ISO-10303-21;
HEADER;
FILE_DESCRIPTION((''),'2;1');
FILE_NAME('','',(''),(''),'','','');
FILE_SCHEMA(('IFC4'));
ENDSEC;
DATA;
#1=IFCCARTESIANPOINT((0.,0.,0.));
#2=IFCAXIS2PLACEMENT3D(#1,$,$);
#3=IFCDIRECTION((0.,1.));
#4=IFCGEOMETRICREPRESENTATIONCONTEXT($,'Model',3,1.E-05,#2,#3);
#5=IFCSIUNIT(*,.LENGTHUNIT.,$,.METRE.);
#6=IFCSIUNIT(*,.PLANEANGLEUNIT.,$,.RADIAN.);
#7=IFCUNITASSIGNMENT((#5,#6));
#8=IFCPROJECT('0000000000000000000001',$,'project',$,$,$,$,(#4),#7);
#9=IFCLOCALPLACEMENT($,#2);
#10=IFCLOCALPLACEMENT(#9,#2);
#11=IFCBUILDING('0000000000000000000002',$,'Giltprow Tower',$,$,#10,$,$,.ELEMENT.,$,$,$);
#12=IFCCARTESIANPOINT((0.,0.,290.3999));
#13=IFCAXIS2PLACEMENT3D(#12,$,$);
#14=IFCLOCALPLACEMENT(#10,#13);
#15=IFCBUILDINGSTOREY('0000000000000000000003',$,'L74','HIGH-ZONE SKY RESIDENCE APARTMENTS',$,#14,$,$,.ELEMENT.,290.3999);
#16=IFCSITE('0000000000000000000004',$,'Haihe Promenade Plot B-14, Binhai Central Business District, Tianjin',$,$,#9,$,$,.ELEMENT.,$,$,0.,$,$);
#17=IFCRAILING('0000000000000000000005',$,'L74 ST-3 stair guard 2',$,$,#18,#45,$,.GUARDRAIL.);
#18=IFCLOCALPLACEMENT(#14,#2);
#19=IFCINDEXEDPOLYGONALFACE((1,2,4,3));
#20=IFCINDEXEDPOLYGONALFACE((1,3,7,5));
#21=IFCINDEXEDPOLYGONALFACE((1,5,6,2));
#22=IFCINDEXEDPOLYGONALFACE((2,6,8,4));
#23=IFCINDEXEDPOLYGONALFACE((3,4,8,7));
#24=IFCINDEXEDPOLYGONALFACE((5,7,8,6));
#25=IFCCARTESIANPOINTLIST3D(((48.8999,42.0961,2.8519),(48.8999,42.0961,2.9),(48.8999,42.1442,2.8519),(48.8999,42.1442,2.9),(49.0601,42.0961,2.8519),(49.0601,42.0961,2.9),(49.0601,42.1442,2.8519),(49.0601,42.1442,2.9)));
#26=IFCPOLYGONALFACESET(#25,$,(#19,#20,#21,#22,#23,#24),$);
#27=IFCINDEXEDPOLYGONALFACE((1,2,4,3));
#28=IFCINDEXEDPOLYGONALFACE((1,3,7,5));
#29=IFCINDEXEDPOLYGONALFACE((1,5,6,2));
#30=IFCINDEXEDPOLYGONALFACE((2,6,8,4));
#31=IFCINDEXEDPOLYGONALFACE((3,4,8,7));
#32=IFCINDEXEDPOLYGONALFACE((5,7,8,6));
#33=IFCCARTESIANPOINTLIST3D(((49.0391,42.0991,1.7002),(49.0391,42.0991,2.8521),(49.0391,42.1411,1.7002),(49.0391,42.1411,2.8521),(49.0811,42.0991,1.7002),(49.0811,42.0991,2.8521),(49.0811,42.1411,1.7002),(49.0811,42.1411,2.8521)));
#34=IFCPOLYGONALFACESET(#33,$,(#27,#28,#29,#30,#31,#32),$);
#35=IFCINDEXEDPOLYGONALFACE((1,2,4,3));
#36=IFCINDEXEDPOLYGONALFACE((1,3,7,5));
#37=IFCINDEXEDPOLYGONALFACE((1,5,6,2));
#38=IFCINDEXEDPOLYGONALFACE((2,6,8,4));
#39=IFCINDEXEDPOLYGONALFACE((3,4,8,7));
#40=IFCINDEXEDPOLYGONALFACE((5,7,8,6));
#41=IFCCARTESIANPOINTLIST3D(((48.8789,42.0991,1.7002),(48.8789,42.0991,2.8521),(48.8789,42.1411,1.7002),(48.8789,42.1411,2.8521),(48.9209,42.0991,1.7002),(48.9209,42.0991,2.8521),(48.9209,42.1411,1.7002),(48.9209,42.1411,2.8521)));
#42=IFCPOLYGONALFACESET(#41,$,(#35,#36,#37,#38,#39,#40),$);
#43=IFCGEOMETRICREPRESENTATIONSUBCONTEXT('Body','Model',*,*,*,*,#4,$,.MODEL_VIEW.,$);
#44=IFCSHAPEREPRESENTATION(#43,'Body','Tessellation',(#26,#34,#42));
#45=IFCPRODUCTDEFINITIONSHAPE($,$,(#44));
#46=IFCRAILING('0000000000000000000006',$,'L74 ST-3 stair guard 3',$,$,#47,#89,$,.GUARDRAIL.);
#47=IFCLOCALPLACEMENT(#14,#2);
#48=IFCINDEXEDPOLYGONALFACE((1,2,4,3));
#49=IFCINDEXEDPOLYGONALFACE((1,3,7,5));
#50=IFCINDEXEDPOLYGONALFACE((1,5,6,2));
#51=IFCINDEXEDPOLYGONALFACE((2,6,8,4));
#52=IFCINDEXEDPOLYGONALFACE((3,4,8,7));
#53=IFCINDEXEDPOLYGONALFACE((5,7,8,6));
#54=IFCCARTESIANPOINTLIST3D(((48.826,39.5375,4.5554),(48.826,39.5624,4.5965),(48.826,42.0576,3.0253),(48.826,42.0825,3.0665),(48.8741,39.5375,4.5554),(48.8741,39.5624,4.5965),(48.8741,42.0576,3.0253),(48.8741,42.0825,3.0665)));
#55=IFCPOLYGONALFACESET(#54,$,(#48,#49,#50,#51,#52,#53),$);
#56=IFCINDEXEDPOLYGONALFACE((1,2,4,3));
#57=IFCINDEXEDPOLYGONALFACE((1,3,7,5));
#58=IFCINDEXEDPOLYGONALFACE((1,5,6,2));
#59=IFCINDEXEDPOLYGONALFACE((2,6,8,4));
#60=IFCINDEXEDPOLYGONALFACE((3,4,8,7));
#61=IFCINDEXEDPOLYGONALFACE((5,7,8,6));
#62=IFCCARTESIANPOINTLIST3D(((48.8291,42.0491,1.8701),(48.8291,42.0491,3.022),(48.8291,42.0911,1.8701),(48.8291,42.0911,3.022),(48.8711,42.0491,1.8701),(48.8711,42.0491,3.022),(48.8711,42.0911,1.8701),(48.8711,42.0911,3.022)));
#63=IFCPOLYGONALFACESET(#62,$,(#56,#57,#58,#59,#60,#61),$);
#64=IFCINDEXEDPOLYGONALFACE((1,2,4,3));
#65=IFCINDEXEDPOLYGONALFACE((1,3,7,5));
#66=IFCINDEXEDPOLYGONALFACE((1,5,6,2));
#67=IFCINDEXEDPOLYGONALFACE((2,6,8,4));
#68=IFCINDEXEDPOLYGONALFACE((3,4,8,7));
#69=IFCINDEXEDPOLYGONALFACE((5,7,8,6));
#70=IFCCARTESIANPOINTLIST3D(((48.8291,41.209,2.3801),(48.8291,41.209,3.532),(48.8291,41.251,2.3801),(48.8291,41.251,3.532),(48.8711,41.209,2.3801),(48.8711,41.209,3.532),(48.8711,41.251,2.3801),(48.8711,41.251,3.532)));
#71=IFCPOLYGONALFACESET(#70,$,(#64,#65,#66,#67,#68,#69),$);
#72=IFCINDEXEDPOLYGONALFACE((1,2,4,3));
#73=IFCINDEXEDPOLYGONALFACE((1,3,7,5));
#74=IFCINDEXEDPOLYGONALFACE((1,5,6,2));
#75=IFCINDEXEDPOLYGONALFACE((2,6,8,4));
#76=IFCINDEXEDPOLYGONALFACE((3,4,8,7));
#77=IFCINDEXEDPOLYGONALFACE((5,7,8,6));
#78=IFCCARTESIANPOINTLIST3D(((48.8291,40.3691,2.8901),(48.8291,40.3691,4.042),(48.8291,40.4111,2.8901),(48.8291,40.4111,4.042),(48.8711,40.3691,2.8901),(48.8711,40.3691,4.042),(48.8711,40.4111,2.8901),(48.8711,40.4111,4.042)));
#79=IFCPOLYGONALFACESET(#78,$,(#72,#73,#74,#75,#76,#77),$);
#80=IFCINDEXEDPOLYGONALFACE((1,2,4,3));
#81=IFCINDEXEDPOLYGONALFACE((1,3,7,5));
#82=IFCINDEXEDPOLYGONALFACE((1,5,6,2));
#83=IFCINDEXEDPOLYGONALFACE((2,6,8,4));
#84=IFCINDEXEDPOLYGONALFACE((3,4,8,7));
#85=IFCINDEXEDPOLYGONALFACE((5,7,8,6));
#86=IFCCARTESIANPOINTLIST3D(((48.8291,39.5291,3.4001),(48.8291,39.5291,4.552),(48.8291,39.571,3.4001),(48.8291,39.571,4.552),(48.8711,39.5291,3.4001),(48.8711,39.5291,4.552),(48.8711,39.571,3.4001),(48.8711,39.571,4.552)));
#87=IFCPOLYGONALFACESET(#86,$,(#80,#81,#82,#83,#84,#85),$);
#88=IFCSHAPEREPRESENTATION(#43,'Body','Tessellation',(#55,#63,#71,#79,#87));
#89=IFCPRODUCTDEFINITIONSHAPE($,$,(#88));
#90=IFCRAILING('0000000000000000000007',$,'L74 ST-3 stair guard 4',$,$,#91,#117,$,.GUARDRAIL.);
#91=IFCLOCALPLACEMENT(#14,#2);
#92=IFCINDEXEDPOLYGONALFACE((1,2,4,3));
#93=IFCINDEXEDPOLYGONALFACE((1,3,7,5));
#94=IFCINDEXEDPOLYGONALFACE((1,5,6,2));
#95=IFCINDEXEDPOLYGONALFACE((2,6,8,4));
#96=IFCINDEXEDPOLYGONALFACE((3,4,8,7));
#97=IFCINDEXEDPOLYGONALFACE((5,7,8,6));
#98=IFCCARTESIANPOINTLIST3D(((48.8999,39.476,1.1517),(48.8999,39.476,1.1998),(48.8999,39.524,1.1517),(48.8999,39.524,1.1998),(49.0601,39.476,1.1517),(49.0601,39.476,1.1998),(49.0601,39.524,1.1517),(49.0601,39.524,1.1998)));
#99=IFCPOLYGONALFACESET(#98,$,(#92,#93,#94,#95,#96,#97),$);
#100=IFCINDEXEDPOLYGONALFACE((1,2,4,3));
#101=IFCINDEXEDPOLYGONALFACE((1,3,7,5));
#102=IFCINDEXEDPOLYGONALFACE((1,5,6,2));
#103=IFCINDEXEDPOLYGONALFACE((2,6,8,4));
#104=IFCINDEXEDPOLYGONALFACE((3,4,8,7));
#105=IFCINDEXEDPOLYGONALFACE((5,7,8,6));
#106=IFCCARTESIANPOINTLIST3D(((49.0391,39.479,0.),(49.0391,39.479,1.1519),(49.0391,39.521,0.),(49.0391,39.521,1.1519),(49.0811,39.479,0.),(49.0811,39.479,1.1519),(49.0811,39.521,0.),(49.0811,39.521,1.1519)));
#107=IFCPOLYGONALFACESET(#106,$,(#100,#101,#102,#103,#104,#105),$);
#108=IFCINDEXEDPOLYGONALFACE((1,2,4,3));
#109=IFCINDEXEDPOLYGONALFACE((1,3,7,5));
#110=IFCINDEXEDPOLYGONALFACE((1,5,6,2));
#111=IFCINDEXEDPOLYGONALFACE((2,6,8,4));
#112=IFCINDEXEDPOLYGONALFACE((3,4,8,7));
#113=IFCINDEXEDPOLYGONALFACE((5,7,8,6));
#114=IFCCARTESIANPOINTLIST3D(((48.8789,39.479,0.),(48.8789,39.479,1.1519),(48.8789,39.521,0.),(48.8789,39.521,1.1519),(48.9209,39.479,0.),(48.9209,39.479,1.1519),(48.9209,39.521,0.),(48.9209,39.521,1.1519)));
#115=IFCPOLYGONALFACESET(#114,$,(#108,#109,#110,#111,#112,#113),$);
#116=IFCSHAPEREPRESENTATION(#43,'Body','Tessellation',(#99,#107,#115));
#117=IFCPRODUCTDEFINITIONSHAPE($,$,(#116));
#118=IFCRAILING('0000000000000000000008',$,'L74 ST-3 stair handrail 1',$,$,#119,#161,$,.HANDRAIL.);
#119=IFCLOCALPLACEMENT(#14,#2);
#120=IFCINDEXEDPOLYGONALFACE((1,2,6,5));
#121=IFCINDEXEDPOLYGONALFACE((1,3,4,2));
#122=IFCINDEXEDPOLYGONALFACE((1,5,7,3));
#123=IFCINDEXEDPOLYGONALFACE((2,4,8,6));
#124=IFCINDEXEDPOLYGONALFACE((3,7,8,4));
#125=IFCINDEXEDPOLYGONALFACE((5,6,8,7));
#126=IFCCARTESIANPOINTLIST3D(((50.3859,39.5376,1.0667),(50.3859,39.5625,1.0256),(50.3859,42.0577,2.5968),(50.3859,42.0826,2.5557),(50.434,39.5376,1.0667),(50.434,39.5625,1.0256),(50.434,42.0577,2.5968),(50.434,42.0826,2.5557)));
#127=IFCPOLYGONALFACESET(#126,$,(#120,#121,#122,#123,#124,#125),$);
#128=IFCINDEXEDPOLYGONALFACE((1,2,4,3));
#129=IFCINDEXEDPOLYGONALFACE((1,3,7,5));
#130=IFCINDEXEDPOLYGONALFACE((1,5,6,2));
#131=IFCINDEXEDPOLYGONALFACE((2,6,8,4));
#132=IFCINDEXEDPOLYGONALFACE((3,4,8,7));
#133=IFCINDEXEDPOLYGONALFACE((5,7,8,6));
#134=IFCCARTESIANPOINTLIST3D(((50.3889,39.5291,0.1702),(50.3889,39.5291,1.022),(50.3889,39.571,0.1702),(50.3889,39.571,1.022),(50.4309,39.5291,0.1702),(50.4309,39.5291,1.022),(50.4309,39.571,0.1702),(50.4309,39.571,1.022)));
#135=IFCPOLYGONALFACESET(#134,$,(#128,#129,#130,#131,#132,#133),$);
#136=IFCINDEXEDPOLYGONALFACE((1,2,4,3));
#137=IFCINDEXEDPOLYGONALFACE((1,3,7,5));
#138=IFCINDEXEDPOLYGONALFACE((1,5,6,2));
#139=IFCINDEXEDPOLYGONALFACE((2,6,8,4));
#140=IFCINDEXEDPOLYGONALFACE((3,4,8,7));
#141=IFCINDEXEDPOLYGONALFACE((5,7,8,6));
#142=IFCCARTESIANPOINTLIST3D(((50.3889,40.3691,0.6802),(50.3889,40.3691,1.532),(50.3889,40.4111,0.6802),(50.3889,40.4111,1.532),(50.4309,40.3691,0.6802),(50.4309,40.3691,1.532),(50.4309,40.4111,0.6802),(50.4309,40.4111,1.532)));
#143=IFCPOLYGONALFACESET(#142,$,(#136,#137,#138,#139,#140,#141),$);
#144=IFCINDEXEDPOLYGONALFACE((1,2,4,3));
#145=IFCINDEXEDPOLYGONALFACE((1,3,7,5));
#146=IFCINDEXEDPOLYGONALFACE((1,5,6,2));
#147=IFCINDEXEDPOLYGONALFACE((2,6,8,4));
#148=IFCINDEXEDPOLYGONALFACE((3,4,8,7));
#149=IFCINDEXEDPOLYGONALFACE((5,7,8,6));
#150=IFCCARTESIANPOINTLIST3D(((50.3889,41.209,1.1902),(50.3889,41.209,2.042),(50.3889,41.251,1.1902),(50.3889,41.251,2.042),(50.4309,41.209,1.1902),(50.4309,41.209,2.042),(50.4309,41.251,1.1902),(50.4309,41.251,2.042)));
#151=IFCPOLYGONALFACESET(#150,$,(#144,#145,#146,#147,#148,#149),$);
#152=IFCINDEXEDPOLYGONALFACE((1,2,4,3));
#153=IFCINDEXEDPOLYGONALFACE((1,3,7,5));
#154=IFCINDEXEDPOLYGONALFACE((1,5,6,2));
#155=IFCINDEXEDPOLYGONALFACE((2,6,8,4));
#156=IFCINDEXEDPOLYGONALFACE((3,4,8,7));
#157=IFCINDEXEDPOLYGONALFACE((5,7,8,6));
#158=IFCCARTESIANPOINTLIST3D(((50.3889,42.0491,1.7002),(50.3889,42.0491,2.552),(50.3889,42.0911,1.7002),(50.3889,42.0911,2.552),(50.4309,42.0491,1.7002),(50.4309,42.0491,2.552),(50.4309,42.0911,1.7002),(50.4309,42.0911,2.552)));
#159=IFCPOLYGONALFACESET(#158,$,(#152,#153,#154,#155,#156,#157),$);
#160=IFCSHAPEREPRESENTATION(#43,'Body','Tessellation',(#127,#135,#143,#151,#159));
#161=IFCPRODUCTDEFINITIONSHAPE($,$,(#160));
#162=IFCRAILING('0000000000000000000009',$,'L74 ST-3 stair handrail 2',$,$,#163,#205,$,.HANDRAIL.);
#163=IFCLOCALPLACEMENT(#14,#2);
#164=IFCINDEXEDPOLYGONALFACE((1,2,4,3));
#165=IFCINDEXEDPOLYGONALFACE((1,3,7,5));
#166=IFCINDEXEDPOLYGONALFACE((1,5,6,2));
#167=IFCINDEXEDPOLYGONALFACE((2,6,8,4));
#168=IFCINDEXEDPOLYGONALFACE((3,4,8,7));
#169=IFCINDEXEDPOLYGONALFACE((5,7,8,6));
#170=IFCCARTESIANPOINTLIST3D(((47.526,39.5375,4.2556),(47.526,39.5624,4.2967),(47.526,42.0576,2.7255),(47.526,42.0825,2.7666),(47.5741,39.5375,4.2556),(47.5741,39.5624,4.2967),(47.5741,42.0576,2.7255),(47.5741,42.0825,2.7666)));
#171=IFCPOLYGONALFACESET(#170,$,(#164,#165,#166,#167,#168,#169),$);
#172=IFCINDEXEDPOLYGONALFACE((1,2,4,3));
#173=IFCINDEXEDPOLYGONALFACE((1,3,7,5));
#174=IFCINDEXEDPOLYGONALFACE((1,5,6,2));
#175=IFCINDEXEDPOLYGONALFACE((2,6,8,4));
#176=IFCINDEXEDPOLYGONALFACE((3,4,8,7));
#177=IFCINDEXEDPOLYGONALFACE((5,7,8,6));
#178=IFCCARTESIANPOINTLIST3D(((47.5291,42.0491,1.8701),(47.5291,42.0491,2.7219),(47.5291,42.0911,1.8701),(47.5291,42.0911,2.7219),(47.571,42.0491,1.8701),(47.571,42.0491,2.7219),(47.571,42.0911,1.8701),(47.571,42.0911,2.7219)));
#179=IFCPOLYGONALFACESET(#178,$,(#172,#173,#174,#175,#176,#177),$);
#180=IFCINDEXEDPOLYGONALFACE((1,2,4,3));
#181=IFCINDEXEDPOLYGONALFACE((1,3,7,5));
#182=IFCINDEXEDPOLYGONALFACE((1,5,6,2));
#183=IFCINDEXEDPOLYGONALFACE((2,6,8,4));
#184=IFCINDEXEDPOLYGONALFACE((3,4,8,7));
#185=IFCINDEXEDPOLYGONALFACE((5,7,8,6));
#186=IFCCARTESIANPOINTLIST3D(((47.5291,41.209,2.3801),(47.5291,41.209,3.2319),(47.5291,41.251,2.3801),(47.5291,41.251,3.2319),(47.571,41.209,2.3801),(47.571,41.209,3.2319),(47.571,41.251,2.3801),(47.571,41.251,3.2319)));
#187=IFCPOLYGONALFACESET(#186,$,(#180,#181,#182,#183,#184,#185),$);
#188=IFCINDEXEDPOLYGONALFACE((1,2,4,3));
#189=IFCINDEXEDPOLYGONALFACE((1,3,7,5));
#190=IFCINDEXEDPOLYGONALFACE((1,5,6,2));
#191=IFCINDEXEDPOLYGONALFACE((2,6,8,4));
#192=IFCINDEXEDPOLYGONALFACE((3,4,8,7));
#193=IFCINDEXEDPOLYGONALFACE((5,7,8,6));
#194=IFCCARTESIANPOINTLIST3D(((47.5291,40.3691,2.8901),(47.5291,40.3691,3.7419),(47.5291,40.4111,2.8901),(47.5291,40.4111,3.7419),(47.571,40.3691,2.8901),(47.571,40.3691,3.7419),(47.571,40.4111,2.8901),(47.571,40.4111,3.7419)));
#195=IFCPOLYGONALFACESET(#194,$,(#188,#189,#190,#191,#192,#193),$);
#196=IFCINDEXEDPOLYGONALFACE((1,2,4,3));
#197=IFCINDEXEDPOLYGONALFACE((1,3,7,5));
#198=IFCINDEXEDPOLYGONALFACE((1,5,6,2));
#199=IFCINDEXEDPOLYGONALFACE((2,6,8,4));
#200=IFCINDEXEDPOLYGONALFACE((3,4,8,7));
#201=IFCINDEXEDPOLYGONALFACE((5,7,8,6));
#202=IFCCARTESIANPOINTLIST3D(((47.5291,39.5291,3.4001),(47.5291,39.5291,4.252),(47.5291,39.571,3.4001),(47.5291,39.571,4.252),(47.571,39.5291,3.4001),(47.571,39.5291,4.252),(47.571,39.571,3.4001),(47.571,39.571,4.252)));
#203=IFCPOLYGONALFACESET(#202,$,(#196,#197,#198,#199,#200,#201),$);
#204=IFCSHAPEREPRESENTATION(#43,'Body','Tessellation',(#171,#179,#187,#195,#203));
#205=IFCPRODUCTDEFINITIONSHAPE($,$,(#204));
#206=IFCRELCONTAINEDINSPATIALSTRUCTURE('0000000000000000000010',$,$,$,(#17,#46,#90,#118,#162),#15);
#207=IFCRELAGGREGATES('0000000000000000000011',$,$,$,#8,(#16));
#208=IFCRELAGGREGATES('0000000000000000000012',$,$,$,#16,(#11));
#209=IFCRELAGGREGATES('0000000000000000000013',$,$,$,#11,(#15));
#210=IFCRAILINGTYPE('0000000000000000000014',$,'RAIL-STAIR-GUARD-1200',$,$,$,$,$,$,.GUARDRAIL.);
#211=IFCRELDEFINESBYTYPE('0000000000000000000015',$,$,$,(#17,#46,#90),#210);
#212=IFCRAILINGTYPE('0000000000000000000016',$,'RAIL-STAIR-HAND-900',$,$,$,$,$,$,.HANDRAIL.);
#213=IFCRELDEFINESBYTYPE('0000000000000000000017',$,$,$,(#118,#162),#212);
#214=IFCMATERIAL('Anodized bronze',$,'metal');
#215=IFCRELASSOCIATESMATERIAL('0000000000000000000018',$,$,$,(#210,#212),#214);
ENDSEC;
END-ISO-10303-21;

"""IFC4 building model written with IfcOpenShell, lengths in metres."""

from ifc_helpers import new_model, si_unit, direction, frame, origin, origin_2d, place, context, subcontext, project, spatial, rectangle, extrude, material, type_object, element, save


model = new_model("IFC4")

# Units and contexts
model_context = context("Model", 3, precision=1e-05, world=origin(), true_north=direction((0.0, 1.0)))
body_context = subcontext(model_context, "Body", "Model", "MODEL_VIEW")
ifc_project = project(units=[si_unit("LENGTHUNIT", "METRE"), si_unit("PLANEANGLEUNIT", "RADIAN")], contexts=[model_context])

# Site, building, storey
site_placement = place(None, origin())
site = spatial("IfcSite", under=ifc_project, at=site_placement, Name="Haihe Promenade Plot B-14, Binhai Central Business District, Tianjin", CompositionType="ELEMENT", RefElevation=0.0)
building_placement = place(site_placement, origin())
building = spatial("IfcBuilding", under=site, at=building_placement, Name="Giltprow Tower", CompositionType="ELEMENT")
storey_placement = place(building_placement, frame((0.0, 0.0, 290.3999)))
storey = spatial("IfcBuildingStorey", under=building, at=storey_placement, Name="L74", Description="HIGH-ZONE SKY RESIDENCE APARTMENTS", CompositionType="ELEMENT", Elevation=290.3999)

# Railings
ifc_material_1 = material(Name="Anodized bronze", Category="metal")
railing_type_1 = type_object("IfcRailingType", Name="RAIL-STAIR-GUARD-1200", PredefinedType="GUARDRAIL", material=ifc_material_1)
railing_1_placement = place(storey_placement, frame((49.0601, 42.1201, 1.7002)))
element("IfcRailing", 1, at=railing_1_placement, inside=storey, type_object=railing_type_1, Name="L74 ST-3 stair guard 2", PredefinedType="GUARDRAIL", context=body_context, shape_type="SweptSolid", body=[
    extrude(rectangle(XDim=0.0481, YDim=0.0481, at=origin_2d()), frame((0.0, 0.0, 1.1758), z_axis=(-1.0, 0.0, 0.0), x_axis=(0.0, -1.0, 0.0)), (0.0, 0.0, 1.0), 0.1602),
    extrude(rectangle(XDim=0.042, YDim=0.042, at=origin_2d()), origin(), (0.0, 0.0, 1.0), 1.1519),
    extrude(rectangle(XDim=0.042, YDim=0.042, at=origin_2d()), frame((-0.1602, 0.0, 0.0)), (0.0, 0.0, 1.0), 1.1519),
])
railing_2_placement = place(storey_placement, frame((48.8501, 42.0701, 1.8701)))
element("IfcRailing", 2, at=railing_2_placement, inside=storey, type_object=railing_type_1, Name="L74 ST-3 stair guard 3", PredefinedType="GUARDRAIL", context=body_context, shape_type="SweptSolid", body=[
    extrude(rectangle(XDim=0.0481, YDim=0.0481, at=origin_2d()), frame((0.0, 0.0, 1.1758), z_axis=(0.0, -0.854785, 0.518982), x_axis=(1.0, 0.0, 0.0)), (0.0, 0.0, 1.0), 2.9482),
    extrude(rectangle(XDim=0.042, YDim=0.042, at=origin_2d()), origin(), (0.0, 0.0, 1.0), 1.1519),
    extrude(rectangle(XDim=0.042, YDim=0.042, at=origin_2d()), frame((0.0, -0.8401, 0.51)), (0.0, 0.0, 1.0), 1.1519),
    extrude(rectangle(XDim=0.042, YDim=0.042, at=origin_2d()), frame((0.0, -1.6799, 1.02)), (0.0, 0.0, 1.0), 1.1519),
    extrude(rectangle(XDim=0.042, YDim=0.042, at=origin_2d()), frame((0.0, -2.52, 1.53)), (0.0, 0.0, 1.0), 1.1519),
])
railing_3_placement = place(storey_placement, frame((49.0601, 39.5, 0.0)))
element("IfcRailing", 3, at=railing_3_placement, inside=storey, type_object=railing_type_1, Name="L74 ST-3 stair guard 4", PredefinedType="GUARDRAIL", context=body_context, shape_type="SweptSolid", body=[
    extrude(rectangle(XDim=0.0481, YDim=0.0481, at=origin_2d()), frame((0.0, 0.0, 1.1758), z_axis=(-1.0, 0.0, 0.0), x_axis=(0.0, -1.0, 0.0)), (0.0, 0.0, 1.0), 0.1602),
    extrude(rectangle(XDim=0.042, YDim=0.042, at=origin_2d()), origin(), (0.0, 0.0, 1.0), 1.1519),
    extrude(rectangle(XDim=0.042, YDim=0.042, at=origin_2d()), frame((-0.1602, 0.0, 0.0)), (0.0, 0.0, 1.0), 1.1519),
])
railing_type_2 = type_object("IfcRailingType", Name="RAIL-STAIR-HAND-900", PredefinedType="HANDRAIL", material=ifc_material_1)
railing_4_placement = place(storey_placement, frame((50.4099, 39.55, 0.1702)))
element("IfcRailing", 4, at=railing_4_placement, inside=storey, type_object=railing_type_2, Name="L74 ST-3 stair handrail 1", PredefinedType="HANDRAIL", context=body_context, shape_type="SweptSolid", body=[
    extrude(rectangle(XDim=0.0481, YDim=0.0481, at=origin_2d()), frame((0.0, 0.0, 0.876), z_axis=(0.0, 0.854785, 0.518982), x_axis=(-1.0, 0.0, 0.0)), (0.0, 0.0, 1.0), 2.9482),
    extrude(rectangle(XDim=0.042, YDim=0.042, at=origin_2d()), origin(), (0.0, 0.0, 1.0), 0.8518),
    extrude(rectangle(XDim=0.042, YDim=0.042, at=origin_2d()), frame((0.0, 0.8401, 0.51)), (0.0, 0.0, 1.0), 0.8518),
    extrude(rectangle(XDim=0.042, YDim=0.042, at=origin_2d()), frame((0.0, 1.6799, 1.02)), (0.0, 0.0, 1.0), 0.8518),
    extrude(rectangle(XDim=0.042, YDim=0.042, at=origin_2d()), frame((0.0, 2.52, 1.53)), (0.0, 0.0, 1.0), 0.8518),
])
railing_5_placement = place(storey_placement, frame((47.55, 42.0701, 1.8701)))
element("IfcRailing", 5, at=railing_5_placement, inside=storey, type_object=railing_type_2, Name="L74 ST-3 stair handrail 2", PredefinedType="HANDRAIL", context=body_context, shape_type="SweptSolid", body=[
    extrude(rectangle(XDim=0.0481, YDim=0.0481, at=origin_2d()), frame((0.0, 0.0, 0.876), z_axis=(0.0, -0.854785, 0.518982), x_axis=(1.0, 0.0, 0.0)), (0.0, 0.0, 1.0), 2.9482),
    extrude(rectangle(XDim=0.042, YDim=0.042, at=origin_2d()), origin(), (0.0, 0.0, 1.0), 0.8518),
    extrude(rectangle(XDim=0.042, YDim=0.042, at=origin_2d()), frame((0.0, -0.8401, 0.51)), (0.0, 0.0, 1.0), 0.8518),
    extrude(rectangle(XDim=0.042, YDim=0.042, at=origin_2d()), frame((0.0, -1.6799, 1.02)), (0.0, 0.0, 1.0), 0.8518),
    extrude(rectangle(XDim=0.042, YDim=0.042, at=origin_2d()), frame((0.0, -2.52, 1.53)), (0.0, 0.0, 1.0), 0.8518),
])

save(model, "model.ifc")
